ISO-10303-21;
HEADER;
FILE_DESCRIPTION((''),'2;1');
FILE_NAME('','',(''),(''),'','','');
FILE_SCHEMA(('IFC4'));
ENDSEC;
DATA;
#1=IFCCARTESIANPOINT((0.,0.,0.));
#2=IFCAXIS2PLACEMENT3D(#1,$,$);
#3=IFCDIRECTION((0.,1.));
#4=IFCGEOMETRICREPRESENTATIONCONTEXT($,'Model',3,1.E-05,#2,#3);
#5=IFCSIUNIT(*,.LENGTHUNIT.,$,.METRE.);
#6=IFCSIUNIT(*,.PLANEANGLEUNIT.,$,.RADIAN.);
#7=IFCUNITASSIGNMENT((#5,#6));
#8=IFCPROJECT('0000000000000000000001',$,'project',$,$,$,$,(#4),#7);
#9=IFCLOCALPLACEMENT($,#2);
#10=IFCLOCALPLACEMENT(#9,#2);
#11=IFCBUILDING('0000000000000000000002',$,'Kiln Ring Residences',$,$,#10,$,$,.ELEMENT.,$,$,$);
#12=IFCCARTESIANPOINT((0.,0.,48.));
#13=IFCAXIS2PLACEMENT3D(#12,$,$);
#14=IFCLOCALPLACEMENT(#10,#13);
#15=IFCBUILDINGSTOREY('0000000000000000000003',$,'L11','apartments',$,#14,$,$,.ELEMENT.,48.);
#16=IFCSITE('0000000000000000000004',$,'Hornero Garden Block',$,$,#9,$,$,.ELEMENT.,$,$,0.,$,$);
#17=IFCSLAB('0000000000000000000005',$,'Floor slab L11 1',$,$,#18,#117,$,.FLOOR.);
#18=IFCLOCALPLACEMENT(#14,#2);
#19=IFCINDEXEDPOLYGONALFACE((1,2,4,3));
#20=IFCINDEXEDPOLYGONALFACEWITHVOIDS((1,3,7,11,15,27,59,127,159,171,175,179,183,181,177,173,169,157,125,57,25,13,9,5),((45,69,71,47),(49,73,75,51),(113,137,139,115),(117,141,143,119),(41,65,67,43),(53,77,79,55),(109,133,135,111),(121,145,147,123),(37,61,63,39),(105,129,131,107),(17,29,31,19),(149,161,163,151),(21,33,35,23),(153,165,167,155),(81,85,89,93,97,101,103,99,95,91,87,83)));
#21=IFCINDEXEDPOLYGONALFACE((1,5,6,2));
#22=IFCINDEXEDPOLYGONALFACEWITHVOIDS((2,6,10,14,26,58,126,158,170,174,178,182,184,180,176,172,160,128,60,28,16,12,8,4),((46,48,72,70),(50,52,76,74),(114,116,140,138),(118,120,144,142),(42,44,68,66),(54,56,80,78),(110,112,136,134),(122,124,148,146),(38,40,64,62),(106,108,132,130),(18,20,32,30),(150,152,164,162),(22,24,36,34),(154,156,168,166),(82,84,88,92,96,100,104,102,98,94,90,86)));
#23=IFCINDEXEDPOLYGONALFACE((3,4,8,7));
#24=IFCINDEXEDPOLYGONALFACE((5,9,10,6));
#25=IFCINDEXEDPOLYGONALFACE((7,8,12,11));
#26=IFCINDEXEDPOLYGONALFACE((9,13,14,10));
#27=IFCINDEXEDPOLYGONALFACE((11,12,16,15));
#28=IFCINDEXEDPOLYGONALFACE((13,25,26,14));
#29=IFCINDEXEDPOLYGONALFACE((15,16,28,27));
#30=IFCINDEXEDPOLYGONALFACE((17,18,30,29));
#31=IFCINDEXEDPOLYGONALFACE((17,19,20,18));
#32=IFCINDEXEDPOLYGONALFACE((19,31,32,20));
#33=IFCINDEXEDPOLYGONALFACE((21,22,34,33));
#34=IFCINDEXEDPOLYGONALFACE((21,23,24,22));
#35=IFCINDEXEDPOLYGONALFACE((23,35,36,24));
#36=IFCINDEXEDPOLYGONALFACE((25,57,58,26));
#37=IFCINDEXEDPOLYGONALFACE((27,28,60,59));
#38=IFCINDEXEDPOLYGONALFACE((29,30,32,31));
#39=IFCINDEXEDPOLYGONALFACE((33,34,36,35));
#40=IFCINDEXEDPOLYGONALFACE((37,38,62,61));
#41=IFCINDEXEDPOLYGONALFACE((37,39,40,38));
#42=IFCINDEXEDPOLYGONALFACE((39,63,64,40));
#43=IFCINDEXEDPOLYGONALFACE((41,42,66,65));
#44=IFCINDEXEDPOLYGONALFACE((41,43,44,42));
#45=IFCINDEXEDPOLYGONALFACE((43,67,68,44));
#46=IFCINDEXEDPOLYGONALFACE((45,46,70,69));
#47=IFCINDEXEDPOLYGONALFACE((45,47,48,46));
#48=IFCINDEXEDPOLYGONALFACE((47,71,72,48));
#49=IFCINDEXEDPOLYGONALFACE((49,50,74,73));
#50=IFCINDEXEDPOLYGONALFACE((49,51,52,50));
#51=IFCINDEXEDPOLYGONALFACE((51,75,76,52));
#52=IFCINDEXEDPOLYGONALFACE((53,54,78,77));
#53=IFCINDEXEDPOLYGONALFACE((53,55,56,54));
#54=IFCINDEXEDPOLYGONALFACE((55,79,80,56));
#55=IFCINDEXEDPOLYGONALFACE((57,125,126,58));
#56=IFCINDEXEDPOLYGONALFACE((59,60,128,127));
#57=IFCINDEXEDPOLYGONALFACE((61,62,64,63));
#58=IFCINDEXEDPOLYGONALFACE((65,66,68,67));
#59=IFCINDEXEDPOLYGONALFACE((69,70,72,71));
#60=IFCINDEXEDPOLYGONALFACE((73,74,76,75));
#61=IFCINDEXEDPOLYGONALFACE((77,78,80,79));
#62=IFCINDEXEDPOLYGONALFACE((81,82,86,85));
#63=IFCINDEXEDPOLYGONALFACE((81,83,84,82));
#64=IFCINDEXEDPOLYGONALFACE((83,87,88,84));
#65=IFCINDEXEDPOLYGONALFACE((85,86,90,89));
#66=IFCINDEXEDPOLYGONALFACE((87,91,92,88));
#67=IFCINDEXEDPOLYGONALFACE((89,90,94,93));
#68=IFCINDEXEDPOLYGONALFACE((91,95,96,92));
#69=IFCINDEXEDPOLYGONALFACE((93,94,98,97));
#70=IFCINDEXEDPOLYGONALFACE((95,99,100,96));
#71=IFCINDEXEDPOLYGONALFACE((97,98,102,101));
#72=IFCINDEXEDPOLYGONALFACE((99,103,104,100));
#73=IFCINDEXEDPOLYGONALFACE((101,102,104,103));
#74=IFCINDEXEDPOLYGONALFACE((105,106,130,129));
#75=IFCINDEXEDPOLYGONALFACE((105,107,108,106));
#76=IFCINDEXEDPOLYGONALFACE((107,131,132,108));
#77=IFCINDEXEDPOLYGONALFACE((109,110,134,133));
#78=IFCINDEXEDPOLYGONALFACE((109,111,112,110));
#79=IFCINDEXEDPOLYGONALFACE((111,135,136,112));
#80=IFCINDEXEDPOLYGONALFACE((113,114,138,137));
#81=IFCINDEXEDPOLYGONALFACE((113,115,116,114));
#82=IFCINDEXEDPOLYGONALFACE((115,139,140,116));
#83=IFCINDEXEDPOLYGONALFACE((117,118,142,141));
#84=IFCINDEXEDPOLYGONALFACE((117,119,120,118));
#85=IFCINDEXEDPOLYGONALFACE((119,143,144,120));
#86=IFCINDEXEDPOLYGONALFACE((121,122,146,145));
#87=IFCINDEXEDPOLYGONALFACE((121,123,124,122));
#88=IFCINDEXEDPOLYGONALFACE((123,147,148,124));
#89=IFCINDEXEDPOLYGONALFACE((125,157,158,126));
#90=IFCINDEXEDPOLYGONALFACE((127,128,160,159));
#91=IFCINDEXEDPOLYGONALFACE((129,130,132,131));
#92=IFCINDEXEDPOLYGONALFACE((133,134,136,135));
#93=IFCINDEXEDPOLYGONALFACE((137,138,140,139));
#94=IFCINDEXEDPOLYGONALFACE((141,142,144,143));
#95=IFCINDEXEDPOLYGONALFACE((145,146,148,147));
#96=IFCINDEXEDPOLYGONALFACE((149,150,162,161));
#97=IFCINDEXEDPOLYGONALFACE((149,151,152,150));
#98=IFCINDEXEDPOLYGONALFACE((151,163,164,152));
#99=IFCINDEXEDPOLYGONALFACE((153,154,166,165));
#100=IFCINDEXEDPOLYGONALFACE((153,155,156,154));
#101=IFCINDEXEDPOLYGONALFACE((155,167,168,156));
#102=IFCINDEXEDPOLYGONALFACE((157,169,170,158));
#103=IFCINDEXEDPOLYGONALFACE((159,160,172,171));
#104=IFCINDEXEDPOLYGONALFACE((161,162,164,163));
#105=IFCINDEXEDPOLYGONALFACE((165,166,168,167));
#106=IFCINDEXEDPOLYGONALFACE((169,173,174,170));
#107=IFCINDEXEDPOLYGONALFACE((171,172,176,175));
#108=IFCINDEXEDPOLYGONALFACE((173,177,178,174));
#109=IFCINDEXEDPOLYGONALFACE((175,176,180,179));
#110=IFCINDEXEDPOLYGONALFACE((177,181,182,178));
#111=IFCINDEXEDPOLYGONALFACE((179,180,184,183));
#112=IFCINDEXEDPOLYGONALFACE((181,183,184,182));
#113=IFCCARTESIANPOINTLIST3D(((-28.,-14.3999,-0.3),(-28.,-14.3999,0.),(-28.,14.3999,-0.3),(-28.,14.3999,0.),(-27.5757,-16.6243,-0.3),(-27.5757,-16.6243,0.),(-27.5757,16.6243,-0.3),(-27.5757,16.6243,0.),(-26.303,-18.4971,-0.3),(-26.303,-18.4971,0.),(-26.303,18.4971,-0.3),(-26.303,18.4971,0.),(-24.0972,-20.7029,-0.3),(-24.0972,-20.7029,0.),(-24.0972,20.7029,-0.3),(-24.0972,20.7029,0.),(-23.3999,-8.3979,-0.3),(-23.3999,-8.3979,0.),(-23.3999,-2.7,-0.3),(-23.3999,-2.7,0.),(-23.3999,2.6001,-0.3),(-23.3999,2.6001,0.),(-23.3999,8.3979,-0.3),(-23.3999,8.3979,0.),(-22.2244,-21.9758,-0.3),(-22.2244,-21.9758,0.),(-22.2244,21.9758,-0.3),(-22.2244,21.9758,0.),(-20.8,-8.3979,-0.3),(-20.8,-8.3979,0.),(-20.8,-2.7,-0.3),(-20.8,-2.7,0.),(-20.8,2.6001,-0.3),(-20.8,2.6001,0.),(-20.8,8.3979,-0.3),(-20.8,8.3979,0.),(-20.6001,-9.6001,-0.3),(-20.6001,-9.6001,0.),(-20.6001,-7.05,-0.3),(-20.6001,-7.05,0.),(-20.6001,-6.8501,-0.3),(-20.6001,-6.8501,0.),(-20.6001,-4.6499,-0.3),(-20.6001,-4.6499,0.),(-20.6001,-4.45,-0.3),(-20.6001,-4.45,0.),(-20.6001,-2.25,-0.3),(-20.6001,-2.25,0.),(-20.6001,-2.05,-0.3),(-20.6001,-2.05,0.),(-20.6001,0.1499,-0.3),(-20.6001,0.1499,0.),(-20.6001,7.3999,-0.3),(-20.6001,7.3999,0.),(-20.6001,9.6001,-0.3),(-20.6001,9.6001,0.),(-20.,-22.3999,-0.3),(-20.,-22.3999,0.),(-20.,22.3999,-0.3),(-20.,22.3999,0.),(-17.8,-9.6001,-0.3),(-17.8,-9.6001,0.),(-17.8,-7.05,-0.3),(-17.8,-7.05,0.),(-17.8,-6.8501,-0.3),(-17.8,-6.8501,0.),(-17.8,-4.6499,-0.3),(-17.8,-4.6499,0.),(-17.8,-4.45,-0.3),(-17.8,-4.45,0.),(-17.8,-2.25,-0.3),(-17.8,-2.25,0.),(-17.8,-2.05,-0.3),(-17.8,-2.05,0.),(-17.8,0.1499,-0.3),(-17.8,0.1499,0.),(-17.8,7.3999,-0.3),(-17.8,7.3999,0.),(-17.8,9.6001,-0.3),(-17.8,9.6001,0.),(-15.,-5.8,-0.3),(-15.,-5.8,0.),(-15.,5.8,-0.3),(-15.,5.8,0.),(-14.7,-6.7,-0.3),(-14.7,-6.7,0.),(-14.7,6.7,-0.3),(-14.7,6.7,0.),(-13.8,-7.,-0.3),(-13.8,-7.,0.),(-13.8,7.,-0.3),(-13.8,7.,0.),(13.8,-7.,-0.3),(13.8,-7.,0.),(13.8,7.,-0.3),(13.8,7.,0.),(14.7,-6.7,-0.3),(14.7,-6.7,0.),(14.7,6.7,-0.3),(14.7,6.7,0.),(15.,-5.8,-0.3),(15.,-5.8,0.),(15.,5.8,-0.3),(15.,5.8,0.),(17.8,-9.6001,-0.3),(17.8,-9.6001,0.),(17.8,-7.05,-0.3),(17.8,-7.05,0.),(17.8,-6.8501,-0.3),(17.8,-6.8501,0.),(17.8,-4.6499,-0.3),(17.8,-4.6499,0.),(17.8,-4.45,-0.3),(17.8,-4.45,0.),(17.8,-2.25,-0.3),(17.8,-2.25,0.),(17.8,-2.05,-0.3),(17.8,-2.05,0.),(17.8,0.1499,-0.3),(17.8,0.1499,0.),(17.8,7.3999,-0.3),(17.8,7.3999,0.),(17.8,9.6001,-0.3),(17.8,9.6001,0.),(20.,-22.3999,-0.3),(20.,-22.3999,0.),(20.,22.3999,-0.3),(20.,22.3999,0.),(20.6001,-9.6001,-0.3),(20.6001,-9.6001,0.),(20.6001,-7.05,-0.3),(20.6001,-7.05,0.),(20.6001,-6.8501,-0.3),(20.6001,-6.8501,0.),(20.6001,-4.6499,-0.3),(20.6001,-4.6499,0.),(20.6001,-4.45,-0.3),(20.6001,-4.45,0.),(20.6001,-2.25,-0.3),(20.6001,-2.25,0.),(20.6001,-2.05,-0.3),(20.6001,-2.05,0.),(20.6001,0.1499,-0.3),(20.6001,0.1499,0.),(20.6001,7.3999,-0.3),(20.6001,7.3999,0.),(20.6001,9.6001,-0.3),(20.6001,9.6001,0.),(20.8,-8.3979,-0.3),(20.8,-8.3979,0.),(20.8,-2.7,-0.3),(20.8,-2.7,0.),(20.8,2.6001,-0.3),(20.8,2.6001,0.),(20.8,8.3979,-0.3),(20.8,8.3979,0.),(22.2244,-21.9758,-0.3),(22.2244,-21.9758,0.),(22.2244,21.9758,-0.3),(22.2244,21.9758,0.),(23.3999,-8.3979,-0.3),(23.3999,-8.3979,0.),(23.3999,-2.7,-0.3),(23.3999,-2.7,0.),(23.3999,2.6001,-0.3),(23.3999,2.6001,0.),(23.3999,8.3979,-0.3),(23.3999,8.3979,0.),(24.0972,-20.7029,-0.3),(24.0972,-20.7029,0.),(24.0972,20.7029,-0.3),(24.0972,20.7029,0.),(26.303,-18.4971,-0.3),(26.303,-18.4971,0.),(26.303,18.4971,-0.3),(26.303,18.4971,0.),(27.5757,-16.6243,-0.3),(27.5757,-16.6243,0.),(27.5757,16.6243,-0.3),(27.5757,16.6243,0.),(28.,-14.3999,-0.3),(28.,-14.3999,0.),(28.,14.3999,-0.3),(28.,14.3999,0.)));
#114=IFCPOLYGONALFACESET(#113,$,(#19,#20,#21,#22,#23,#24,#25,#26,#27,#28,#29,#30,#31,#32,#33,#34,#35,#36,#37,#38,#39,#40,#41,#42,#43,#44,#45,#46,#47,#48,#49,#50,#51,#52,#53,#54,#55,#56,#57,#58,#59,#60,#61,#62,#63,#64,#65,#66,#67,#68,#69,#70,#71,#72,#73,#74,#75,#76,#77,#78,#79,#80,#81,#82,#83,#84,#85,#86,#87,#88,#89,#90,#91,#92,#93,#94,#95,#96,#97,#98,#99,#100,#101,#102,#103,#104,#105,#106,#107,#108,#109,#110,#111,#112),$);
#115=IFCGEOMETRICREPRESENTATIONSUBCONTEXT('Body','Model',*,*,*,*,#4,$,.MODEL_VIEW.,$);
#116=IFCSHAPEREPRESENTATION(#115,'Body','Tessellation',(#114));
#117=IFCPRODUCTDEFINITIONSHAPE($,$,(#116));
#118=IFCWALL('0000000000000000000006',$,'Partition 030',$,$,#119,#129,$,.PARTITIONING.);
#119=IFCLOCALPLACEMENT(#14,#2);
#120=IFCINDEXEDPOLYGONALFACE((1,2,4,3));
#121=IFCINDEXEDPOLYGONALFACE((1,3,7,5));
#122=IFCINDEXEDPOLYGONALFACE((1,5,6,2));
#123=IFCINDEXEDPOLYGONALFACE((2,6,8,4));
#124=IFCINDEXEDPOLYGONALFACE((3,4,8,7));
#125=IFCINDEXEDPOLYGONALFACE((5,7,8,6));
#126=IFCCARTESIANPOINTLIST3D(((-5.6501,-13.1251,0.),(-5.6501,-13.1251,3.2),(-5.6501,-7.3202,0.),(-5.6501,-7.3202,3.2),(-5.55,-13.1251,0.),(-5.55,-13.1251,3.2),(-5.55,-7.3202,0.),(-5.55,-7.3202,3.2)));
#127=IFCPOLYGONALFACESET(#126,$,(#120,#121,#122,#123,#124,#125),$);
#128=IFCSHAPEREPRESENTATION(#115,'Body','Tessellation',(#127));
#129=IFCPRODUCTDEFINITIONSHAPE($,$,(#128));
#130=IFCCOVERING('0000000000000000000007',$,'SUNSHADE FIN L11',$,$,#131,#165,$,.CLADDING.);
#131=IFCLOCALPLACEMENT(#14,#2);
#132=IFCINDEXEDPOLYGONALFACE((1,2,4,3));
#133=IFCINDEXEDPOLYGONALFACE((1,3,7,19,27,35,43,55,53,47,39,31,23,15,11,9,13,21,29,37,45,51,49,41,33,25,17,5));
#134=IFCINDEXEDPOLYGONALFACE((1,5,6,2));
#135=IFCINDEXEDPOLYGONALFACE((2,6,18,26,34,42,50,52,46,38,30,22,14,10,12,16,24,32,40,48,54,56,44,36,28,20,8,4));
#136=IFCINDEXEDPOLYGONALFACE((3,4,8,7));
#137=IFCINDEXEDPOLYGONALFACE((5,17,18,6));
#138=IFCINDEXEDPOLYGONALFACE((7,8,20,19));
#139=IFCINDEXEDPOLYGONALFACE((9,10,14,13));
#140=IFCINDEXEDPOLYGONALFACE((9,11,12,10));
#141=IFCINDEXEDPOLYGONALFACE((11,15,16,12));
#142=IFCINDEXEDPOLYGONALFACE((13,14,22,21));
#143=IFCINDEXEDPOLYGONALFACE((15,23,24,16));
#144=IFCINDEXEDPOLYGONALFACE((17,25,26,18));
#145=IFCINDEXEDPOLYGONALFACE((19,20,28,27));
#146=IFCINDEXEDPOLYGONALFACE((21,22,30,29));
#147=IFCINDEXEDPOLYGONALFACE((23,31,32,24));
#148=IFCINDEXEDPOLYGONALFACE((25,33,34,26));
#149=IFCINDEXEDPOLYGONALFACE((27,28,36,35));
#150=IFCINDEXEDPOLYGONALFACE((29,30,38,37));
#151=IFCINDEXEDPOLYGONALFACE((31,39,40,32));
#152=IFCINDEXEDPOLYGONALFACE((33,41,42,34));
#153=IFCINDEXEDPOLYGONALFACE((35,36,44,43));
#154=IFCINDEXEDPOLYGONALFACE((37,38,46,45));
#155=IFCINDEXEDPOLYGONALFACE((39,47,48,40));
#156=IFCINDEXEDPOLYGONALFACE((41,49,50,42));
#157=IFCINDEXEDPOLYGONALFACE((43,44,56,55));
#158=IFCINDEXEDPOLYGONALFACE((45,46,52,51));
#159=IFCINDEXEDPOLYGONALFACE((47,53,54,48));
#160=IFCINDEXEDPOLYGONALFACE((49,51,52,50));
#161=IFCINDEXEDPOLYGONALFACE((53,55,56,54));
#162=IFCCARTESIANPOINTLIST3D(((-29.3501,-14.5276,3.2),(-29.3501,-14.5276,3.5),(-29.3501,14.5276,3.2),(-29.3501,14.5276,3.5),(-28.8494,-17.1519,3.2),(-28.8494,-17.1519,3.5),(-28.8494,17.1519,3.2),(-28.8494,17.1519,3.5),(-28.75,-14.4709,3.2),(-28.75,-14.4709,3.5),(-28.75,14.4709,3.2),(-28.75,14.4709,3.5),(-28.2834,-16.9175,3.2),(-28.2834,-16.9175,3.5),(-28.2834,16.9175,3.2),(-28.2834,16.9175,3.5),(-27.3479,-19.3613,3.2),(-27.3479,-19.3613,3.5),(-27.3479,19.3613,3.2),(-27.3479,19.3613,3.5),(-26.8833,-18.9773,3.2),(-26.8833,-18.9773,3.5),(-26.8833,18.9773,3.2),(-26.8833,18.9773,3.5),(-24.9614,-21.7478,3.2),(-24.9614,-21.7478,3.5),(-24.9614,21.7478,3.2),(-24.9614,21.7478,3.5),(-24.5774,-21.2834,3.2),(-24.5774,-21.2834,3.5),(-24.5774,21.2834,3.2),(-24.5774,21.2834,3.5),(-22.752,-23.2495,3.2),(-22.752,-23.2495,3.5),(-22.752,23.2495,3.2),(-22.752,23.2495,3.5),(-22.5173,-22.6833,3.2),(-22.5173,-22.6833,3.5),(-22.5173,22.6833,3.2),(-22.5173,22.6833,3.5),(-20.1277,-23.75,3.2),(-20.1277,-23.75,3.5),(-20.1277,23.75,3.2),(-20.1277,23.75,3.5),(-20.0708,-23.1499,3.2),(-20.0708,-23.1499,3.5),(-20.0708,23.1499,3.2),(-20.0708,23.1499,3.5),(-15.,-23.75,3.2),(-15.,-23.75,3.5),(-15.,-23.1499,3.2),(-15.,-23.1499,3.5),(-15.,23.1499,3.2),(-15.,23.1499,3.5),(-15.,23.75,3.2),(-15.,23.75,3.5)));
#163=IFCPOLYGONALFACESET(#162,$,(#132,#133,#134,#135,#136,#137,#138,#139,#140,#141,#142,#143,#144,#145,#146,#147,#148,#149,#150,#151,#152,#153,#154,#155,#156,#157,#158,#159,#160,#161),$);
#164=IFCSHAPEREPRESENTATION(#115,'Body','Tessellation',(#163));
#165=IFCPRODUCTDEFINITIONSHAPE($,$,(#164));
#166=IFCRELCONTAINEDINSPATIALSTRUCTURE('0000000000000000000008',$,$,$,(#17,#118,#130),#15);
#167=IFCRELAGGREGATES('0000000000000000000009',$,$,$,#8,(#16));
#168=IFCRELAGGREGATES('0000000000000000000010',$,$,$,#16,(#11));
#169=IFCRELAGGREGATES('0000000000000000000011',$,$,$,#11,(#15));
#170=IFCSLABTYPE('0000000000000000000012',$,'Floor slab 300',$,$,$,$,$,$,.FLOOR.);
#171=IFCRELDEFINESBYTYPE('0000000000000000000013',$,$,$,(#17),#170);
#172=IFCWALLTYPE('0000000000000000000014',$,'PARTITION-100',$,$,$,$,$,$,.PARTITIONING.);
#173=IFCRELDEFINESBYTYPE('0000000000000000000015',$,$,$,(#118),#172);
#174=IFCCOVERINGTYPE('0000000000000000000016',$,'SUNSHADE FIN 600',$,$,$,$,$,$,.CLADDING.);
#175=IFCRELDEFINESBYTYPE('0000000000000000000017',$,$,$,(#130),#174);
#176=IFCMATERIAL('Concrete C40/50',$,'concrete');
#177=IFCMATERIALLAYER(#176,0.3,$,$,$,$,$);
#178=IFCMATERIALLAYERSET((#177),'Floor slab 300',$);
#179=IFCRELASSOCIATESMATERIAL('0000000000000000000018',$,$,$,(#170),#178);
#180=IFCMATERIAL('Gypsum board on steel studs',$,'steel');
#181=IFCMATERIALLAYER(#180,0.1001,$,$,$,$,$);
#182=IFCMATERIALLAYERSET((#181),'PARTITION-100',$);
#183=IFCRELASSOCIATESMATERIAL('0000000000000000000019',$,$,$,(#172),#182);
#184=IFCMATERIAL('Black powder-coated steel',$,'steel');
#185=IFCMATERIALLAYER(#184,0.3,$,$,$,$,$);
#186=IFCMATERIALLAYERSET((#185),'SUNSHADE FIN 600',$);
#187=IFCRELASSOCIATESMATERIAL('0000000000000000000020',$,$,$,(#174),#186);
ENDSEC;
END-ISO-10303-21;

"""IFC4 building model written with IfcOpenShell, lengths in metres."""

from ifc_helpers import new_model, si_unit, direction, frame, frame_2d, origin, place, context, subcontext, project, spatial, polyline, rectangle, outline, extrude, material, layer, layer_set, type_object, element, save


model = new_model("IFC4")

# Units and contexts
model_context = context("Model", 3, precision=1e-05, world=origin(), true_north=direction((0.0, 1.0)))
body_context = subcontext(model_context, "Body", "Model", "MODEL_VIEW")
ifc_project = project(units=[si_unit("LENGTHUNIT", "METRE"), si_unit("PLANEANGLEUNIT", "RADIAN")], contexts=[model_context])

# Site, building, storey
site_placement = place(None, origin())
site = spatial("IfcSite", under=ifc_project, at=site_placement, Name="Hornero Garden Block", CompositionType="ELEMENT", RefElevation=0.0)
building_placement = place(site_placement, origin())
building = spatial("IfcBuilding", under=site, at=building_placement, Name="Kiln Ring Residences", CompositionType="ELEMENT")
storey_placement = place(building_placement, frame((0.0, 0.0, 48.0)))
storey = spatial("IfcBuildingStorey", under=building, at=storey_placement, Name="L11", Description="apartments", CompositionType="ELEMENT", Elevation=48.0)

# Slab
ifc_material_1 = material(Name="Concrete C40/50", Category="concrete")
ifc_layer_1 = layer(ifc_material_1, 0.3)
ifc_layer_set_1 = layer_set([ifc_layer_1], Name="Floor slab 300")
slab_type = type_object("IfcSlabType", Name="Floor slab 300", PredefinedType="FLOOR", material=ifc_layer_set_1)
slab_placement = place(storey_placement, frame((0.0, 0.0, -0.3)))
element("IfcSlab", 1, at=slab_placement, inside=storey, type_object=slab_type, Name="Floor slab L11 1", PredefinedType="FLOOR", context=body_context, shape_type="SweptSolid", body=[
    extrude(outline(polyline([(-26.303, -18.4971), (-24.0972, -20.7029), (-22.2244, -21.9758), (-20.0, -22.3999), (20.0, -22.3999), (22.2244, -21.9758), (24.0972, -20.7029), (26.303, -18.4971), (27.5757, -16.6243), (28.0, -14.3999), (28.0, 14.3999), (27.5757, 16.6243), (26.303, 18.4971), (24.0972, 20.7029), (22.2244, 21.9758), (20.0, 22.3999), (-20.0, 22.3999), (-22.2244, 21.9758), (-24.0972, 20.7029), (-26.303, 18.4971), (-27.5757, 16.6243), (-28.0, 14.3999), (-28.0, -14.3999), (-27.5757, -16.6243), (-26.303, -18.4971)]), holes=[polyline([(-14.7, -6.7), (-15.0, -5.8), (-15.0, 5.8), (-14.7, 6.7), (-13.8, 7.0), (13.8, 7.0), (14.7, 6.7), (15.0, 5.8), (15.0, -5.8), (14.7, -6.7), (13.8, -7.0), (-13.8, -7.0), (-14.7, -6.7)]), polyline([(20.8, -8.3979), (20.8, -2.7), (23.3999, -2.7), (23.3999, -8.3979), (20.8, -8.3979)]), polyline([(20.8, 2.6001), (20.8, 8.3979), (23.3999, 8.3979), (23.3999, 2.6001), (20.8, 2.6001)]), polyline([(17.8, -6.8501), (17.8, -4.6499), (20.6001, -4.6499), (20.6001, -6.8501), (17.8, -6.8501)]), polyline([(17.8, -4.45), (17.8, -2.25), (20.6001, -2.25), (20.6001, -4.45), (17.8, -4.45)]), polyline([(17.8, -2.05), (17.8, 0.1499), (20.6001, 0.1499), (20.6001, -2.05), (17.8, -2.05)]), polyline([(17.8, 7.3999), (17.8, 9.6001), (20.6001, 9.6001), (20.6001, 7.3999), (17.8, 7.3999)]), polyline([(20.6001, -9.6001), (17.8, -9.6001), (17.8, -7.05), (20.6001, -7.05), (20.6001, -9.6001)]), polyline([(-17.8, -7.05), (-17.8, -9.6001), (-20.6001, -9.6001), (-20.6001, -7.05), (-17.8, -7.05)]), polyline([(-17.8, -6.8501), (-20.6001, -6.8501), (-20.6001, -4.6499), (-17.8, -4.6499), (-17.8, -6.8501)]), polyline([(-17.8, -4.45), (-20.6001, -4.45), (-20.6001, -2.25), (-17.8, -2.25), (-17.8, -4.45)]), polyline([(-17.8, -2.05), (-20.6001, -2.05), (-20.6001, 0.1499), (-17.8, 0.1499), (-17.8, -2.05)]), polyline([(-17.8, 7.3999), (-20.6001, 7.3999), (-20.6001, 9.6001), (-17.8, 9.6001), (-17.8, 7.3999)]), polyline([(-20.8, -8.3979), (-23.3999, -8.3979), (-23.3999, -2.7), (-20.8, -2.7), (-20.8, -8.3979)]), polyline([(-20.8, 2.6001), (-23.3999, 2.6001), (-23.3999, 8.3979), (-20.8, 8.3979), (-20.8, 2.6001)])]), origin(), (0.0, 0.0, 1.0), 0.3),
])

# Wall
ifc_material_2 = material(Name="Gypsum board on steel studs", Category="steel")
ifc_layer_2 = layer(ifc_material_2, 0.1001)
ifc_layer_set_2 = layer_set([ifc_layer_2], Name="PARTITION-100")
wall_type = type_object("IfcWallType", Name="PARTITION-100", PredefinedType="PARTITIONING", material=ifc_layer_set_2)
wall_placement = place(storey_placement, frame((-5.6001, -13.125, 0.0), z_axis=(0.0, 0.0, 1.0), x_axis=(0.0, 1.0, 0.0)))
element("IfcWall", 2, at=wall_placement, inside=storey, type_object=wall_type, Name="Partition 030", PredefinedType="PARTITIONING", context=body_context, shape_type="SweptSolid", body=[
    extrude(rectangle(XDim=5.8049, YDim=0.1001, at=frame_2d((2.9023, 0.0))), origin(), (0.0, 0.0, 1.0), 3.2),
])

# Covering
ifc_material_3 = material(Name="Black powder-coated steel", Category="steel")
ifc_layer_3 = layer(ifc_material_3, 0.3)
ifc_layer_set_3 = layer_set([ifc_layer_3], Name="SUNSHADE FIN 600")
covering_type = type_object("IfcCoveringType", Name="SUNSHADE FIN 600", PredefinedType="CLADDING", material=ifc_layer_set_3)
placement = place(storey_placement, frame((0.0, 0.0, 3.2)))
element("IfcCovering", 3, at=placement, inside=storey, type_object=covering_type, Name="SUNSHADE FIN L11", PredefinedType="CLADDING", context=body_context, shape_type="SweptSolid", body=[
    extrude(outline(polyline([(-29.3501, -14.5276), (-28.8494, -17.1519), (-27.3479, -19.3613), (-24.9614, -21.7478), (-22.752, -23.2495), (-20.1277, -23.75), (-15.0, -23.75), (-15.0, -23.1499), (-20.0708, -23.1499), (-22.5173, -22.6833), (-24.5774, -21.2834), (-26.8833, -18.9773), (-28.2834, -16.9175), (-28.75, -14.4709), (-28.75, 14.4709), (-28.2834, 16.9175), (-26.8833, 18.9773), (-24.5774, 21.2834), (-22.5173, 22.6833), (-20.0708, 23.1499), (-15.0, 23.1499), (-15.0, 23.75), (-20.1277, 23.75), (-22.752, 23.2495), (-24.9614, 21.7478), (-27.3479, 19.3613), (-28.8494, 17.1519), (-29.3501, 14.5276), (-29.3501, -14.5276)])), origin(), (0.0, 0.0, 1.0), 0.3),
])

save(model, "model.ifc")
